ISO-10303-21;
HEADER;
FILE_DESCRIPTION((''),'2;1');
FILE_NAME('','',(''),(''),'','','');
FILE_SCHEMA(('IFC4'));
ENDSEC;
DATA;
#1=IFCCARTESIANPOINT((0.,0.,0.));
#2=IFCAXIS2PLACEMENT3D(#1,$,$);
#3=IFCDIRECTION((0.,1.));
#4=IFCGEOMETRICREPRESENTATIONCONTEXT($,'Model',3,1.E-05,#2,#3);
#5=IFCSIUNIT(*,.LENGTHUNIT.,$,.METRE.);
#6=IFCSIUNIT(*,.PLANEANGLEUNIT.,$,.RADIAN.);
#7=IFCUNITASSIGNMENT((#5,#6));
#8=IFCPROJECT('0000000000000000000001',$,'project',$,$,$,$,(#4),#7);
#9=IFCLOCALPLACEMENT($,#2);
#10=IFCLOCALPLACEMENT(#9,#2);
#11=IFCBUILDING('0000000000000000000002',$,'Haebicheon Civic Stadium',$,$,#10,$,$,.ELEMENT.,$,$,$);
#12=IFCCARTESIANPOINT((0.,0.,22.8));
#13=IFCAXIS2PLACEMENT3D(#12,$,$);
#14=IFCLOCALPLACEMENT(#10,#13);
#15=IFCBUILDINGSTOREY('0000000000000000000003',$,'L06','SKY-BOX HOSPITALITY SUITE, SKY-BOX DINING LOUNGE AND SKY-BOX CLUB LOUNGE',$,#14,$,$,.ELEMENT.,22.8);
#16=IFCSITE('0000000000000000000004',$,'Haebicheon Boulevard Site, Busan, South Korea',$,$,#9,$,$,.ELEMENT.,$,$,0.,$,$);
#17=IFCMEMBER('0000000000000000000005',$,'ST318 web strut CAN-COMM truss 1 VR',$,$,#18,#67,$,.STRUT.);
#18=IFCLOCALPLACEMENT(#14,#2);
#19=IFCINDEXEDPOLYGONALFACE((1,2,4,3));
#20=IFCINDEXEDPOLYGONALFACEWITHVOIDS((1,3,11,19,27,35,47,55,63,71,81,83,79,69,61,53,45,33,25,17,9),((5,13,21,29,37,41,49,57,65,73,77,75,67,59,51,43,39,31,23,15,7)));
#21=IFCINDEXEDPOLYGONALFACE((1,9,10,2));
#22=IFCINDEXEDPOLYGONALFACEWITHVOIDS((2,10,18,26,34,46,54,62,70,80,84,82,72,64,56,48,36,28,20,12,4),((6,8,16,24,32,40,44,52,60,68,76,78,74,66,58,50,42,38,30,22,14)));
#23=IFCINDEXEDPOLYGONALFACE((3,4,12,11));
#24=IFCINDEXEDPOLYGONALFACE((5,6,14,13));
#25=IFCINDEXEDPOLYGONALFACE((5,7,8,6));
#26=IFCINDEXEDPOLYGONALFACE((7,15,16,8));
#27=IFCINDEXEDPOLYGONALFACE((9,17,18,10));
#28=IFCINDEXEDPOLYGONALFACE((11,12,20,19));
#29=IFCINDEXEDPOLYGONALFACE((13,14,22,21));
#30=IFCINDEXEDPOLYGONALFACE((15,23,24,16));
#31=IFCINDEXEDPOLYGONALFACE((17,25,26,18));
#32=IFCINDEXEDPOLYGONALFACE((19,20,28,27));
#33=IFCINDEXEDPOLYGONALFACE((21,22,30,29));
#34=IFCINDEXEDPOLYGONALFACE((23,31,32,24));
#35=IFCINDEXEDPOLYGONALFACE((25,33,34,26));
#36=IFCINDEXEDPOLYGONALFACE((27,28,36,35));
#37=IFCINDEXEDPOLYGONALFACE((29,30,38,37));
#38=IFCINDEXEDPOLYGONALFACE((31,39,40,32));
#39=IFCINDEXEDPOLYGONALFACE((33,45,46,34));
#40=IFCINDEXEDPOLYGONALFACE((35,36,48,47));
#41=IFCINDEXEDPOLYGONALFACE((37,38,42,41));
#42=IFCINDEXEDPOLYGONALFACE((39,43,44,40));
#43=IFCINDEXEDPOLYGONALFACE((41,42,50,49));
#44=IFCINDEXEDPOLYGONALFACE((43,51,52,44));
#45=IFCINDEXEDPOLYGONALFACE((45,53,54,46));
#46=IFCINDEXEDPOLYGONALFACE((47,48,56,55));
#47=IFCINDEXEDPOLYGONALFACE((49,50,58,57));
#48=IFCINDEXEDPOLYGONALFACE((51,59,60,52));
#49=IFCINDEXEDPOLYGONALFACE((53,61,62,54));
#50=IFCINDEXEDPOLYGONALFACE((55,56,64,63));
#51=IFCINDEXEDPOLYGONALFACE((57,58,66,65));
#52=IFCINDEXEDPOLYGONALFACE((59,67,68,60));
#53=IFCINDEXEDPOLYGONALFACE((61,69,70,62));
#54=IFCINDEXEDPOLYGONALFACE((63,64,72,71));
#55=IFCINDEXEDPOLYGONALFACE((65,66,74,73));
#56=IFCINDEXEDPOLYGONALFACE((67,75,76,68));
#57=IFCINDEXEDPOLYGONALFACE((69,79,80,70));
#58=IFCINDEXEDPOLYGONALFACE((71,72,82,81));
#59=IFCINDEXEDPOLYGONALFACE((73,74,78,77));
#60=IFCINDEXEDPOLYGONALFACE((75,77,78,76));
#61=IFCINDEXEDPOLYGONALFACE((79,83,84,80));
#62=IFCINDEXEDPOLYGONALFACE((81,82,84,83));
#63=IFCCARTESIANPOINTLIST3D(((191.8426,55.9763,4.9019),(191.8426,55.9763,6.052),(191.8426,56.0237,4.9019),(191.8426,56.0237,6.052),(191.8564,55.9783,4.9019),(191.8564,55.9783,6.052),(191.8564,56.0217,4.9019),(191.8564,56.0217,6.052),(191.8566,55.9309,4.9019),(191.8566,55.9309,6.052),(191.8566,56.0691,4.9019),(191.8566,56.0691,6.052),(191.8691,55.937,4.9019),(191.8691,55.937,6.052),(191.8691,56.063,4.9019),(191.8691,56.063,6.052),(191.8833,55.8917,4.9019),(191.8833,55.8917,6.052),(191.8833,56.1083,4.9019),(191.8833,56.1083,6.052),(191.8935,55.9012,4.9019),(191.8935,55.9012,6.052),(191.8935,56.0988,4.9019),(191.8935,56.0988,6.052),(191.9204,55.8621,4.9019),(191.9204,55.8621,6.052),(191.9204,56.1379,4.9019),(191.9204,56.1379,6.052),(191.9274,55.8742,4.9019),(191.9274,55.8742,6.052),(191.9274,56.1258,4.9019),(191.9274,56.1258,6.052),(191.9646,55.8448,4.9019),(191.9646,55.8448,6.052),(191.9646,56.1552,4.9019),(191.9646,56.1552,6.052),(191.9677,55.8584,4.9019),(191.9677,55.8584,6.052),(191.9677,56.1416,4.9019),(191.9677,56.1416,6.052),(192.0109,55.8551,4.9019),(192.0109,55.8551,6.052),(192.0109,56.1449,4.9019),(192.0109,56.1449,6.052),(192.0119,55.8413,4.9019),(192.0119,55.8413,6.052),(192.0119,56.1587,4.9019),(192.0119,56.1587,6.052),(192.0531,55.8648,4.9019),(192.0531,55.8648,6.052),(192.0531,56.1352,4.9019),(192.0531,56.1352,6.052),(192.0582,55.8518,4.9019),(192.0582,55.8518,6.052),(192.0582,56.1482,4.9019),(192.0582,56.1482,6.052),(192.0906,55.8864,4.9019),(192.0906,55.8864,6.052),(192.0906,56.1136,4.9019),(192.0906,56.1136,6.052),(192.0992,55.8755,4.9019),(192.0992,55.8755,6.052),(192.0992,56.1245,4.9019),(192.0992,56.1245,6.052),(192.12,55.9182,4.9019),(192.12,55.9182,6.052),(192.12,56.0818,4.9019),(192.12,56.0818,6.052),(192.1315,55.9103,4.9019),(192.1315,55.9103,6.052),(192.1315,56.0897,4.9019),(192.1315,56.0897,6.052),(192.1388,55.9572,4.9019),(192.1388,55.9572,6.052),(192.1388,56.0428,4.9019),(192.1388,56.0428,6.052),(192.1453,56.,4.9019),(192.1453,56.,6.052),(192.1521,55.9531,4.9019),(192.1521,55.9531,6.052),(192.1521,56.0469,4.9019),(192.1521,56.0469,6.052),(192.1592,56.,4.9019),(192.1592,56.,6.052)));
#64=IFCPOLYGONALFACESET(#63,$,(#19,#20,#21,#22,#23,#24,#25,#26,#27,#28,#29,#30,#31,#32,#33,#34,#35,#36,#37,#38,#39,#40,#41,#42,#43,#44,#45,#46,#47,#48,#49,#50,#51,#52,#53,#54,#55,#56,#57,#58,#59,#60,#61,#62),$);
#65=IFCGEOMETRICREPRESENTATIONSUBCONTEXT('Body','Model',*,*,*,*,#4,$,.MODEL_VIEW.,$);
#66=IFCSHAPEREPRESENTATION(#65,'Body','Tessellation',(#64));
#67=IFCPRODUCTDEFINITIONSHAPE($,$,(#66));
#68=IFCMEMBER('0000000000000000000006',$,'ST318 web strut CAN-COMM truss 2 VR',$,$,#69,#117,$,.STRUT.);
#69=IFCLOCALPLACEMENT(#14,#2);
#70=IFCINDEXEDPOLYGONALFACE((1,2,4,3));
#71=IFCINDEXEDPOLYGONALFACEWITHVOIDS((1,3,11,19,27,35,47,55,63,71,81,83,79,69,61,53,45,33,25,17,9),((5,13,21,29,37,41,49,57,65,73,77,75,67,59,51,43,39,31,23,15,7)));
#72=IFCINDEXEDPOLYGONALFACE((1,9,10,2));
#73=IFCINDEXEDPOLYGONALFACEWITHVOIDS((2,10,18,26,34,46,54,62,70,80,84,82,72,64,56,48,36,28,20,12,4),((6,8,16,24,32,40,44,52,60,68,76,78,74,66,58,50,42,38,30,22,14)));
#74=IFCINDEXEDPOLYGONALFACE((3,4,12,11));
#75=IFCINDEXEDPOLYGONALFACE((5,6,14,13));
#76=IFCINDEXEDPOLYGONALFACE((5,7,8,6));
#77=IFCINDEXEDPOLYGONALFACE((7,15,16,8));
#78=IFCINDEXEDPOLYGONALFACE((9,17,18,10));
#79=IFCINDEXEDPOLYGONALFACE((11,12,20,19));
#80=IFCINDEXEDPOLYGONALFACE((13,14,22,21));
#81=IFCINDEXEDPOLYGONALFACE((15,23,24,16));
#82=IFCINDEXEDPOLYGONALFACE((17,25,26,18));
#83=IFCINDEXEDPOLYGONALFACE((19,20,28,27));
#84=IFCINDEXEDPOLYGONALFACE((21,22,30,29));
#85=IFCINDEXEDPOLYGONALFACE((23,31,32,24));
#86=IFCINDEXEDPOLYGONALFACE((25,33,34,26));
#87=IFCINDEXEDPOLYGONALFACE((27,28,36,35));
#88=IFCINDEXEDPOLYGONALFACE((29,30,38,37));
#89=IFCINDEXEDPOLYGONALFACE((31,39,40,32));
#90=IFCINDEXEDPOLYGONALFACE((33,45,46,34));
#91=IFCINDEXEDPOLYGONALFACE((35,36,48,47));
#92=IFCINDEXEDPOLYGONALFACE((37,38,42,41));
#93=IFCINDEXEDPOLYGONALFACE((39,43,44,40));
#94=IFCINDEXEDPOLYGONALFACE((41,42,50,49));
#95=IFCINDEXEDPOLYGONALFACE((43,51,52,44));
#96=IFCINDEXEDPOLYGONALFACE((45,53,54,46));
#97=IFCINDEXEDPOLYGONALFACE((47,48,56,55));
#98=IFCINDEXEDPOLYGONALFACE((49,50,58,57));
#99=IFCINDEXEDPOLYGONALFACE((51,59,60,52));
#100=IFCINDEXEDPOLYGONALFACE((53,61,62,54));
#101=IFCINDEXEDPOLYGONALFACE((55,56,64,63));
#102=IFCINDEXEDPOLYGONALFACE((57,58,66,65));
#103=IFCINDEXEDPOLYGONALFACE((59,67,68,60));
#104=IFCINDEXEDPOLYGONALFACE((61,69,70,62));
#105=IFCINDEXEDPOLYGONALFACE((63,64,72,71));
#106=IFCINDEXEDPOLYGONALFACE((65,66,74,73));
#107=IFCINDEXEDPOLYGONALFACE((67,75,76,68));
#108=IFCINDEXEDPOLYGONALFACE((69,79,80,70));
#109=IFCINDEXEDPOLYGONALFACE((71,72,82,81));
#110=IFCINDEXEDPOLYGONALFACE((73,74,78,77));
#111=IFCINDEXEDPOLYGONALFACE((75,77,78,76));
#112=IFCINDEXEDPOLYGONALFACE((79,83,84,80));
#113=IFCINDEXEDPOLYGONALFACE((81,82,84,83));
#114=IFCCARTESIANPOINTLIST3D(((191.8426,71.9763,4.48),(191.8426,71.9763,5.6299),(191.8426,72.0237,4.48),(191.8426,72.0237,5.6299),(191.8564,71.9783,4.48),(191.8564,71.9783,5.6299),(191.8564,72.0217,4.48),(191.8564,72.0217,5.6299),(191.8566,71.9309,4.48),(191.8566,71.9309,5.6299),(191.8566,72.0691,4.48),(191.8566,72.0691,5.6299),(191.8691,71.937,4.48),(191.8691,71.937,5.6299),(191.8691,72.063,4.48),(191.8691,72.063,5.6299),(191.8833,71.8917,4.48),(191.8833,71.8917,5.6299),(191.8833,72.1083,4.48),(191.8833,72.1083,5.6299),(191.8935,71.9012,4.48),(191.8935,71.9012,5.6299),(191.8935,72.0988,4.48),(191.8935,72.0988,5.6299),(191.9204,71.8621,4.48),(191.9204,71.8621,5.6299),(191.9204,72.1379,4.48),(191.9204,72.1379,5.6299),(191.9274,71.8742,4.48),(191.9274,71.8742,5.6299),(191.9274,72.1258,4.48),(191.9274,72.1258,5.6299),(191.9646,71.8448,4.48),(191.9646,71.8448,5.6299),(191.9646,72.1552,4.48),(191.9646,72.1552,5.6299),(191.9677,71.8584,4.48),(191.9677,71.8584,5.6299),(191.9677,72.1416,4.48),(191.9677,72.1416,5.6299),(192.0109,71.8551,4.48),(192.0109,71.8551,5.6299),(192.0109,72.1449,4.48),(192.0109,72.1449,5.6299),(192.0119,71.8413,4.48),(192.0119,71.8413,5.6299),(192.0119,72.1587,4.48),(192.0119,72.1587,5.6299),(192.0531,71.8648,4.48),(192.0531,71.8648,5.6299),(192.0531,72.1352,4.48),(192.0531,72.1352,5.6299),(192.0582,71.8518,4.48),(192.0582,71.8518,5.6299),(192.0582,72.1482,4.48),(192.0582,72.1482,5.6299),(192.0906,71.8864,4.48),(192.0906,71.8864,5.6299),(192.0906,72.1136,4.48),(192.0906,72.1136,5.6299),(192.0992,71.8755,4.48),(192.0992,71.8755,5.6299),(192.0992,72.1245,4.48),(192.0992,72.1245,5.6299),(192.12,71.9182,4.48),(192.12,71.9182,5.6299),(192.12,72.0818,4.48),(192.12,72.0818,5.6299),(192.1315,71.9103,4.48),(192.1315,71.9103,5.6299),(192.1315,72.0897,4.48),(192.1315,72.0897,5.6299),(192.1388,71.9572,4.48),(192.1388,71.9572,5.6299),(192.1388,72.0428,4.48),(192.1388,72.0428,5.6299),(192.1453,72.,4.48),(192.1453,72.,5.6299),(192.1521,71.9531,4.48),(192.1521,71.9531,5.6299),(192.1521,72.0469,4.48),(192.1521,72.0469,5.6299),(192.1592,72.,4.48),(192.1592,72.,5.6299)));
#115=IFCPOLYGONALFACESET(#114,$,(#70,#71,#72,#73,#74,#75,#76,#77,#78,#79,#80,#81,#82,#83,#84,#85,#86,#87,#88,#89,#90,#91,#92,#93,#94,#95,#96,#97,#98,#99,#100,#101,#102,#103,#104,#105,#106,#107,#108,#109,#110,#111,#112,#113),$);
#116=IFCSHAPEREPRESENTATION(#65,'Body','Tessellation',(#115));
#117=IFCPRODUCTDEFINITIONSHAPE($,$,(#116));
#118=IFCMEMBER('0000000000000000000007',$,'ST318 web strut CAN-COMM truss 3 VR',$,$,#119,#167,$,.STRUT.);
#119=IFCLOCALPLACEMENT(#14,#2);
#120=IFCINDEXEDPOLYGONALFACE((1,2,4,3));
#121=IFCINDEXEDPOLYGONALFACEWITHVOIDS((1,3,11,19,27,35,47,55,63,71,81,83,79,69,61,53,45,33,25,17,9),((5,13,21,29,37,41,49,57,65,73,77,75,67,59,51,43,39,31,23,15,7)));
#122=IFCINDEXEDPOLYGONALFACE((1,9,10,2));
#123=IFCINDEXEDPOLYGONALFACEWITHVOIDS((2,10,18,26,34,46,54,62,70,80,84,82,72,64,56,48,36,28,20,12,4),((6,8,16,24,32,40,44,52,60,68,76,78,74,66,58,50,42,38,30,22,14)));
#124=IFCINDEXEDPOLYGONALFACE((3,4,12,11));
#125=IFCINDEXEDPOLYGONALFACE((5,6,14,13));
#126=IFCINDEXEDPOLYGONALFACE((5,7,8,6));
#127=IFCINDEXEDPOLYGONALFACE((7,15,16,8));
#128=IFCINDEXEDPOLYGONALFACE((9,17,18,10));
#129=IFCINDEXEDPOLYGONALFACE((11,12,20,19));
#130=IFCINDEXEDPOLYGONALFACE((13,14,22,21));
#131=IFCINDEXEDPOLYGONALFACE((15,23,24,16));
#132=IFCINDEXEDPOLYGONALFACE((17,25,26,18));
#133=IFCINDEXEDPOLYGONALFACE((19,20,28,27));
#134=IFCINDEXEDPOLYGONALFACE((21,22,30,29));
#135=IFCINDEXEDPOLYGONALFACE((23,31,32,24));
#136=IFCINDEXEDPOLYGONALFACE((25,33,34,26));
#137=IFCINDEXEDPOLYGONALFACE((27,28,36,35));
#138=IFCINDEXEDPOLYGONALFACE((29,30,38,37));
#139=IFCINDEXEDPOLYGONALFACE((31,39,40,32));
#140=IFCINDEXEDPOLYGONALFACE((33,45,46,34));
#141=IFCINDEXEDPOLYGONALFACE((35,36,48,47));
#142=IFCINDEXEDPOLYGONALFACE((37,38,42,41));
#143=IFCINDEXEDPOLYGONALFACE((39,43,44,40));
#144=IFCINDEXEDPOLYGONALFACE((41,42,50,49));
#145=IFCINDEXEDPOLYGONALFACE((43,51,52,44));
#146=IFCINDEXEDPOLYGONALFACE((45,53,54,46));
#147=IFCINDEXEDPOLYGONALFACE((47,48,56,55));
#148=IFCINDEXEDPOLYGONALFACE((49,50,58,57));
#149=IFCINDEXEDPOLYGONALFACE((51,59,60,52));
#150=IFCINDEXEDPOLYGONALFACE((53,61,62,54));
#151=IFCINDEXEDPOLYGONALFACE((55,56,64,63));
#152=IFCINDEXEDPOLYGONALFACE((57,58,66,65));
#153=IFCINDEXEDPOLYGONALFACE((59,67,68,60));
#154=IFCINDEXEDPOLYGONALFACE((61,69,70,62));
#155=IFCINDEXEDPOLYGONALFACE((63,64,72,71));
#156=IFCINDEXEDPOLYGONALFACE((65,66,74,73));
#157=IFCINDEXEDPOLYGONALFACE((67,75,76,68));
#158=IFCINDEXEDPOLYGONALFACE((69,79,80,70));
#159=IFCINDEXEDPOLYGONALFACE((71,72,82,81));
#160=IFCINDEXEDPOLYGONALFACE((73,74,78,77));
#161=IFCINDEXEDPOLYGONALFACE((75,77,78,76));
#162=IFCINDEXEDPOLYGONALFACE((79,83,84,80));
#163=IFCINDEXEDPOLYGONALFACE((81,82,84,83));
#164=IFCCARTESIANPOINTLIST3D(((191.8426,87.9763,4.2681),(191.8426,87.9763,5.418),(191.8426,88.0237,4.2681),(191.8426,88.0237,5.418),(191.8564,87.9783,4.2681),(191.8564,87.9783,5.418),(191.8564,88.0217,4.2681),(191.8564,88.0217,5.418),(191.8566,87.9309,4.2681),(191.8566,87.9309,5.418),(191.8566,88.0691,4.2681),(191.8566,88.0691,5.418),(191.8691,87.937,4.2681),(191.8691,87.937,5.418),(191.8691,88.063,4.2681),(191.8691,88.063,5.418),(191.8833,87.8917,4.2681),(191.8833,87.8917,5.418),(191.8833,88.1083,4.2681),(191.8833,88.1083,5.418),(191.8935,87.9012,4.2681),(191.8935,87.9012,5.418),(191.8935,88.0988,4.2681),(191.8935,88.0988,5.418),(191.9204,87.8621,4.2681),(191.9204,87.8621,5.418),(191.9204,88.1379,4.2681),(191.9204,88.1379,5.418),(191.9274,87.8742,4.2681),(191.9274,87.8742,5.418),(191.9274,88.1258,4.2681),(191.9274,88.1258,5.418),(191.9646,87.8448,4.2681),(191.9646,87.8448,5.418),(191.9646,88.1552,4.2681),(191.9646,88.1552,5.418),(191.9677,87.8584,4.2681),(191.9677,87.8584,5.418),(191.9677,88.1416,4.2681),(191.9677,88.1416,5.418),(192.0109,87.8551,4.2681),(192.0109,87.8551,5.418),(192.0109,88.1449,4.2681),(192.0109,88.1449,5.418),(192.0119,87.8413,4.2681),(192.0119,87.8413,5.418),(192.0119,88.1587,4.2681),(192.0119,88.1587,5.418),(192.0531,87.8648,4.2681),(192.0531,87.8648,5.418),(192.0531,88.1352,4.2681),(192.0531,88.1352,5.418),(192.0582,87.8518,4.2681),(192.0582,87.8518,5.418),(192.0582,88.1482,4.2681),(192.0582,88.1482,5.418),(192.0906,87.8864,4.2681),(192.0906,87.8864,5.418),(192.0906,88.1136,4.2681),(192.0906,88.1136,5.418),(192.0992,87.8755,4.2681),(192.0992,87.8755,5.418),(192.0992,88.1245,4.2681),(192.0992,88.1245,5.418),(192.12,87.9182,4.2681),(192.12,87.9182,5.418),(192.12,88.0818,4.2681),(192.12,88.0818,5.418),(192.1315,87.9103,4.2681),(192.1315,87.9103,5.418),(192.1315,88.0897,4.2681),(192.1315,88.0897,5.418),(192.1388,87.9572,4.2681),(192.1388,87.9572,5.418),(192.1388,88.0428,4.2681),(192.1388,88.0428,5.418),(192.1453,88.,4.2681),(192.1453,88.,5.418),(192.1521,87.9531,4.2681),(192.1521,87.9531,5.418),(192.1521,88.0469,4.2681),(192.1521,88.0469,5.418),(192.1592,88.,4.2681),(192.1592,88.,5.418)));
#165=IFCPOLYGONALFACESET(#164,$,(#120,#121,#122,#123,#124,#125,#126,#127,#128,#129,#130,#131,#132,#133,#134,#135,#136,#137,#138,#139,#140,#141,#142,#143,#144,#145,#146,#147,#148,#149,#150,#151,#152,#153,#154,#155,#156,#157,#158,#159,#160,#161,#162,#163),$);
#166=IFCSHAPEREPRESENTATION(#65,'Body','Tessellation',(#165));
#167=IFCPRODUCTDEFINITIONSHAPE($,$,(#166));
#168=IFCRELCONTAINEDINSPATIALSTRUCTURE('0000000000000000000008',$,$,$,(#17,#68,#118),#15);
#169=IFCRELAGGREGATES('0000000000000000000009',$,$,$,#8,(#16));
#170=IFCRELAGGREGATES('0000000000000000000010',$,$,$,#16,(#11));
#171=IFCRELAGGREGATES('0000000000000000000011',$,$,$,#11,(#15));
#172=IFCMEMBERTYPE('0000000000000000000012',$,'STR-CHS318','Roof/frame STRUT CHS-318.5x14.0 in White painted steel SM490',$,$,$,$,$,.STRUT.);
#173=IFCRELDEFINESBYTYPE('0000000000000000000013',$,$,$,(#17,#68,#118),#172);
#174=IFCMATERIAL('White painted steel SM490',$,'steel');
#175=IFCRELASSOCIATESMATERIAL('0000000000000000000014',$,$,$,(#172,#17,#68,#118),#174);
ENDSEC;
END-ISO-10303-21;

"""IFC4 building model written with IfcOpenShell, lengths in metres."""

from ifc_helpers import new_model, si_unit, direction, frame, origin, origin_2d, place, context, subcontext, project, spatial, hollow_circle, extrude, material, material_profile, profile_set, type_object, element, save


model = new_model("IFC4")

# Units and contexts
model_context = context("Model", 3, precision=1e-05, world=origin(), true_north=direction((0.0, 1.0)))
body_context = subcontext(model_context, "Body", "Model", "MODEL_VIEW")
ifc_project = project(units=[si_unit("LENGTHUNIT", "METRE"), si_unit("PLANEANGLEUNIT", "RADIAN")], contexts=[model_context])

# Site, building, storey
site_placement = place(None, origin())
site = spatial("IfcSite", under=ifc_project, at=site_placement, Name="Haebicheon Boulevard Site, Busan, South Korea", CompositionType="ELEMENT", RefElevation=0.0)
building_placement = place(site_placement, origin())
building = spatial("IfcBuilding", under=site, at=building_placement, Name="Haebicheon Civic Stadium", CompositionType="ELEMENT")
storey_placement = place(building_placement, frame((0.0, 0.0, 22.8)))
storey = spatial("IfcBuildingStorey", under=building, at=storey_placement, Name="L06", Description="SKY-BOX HOSPITALITY SUITE, SKY-BOX DINING LOUNGE AND SKY-BOX CLUB LOUNGE", CompositionType="ELEMENT", Elevation=22.8)

# Members
ifc_material_1 = material(Name="White painted steel SM490", Category="steel")
ifc_material_profile_1 = material_profile(ifc_material_1, hollow_circle(Radius=0.1592, WallThickness=0.0139, at=origin_2d()), Name="CHS-318.5x14.0")
ifc_profile_set_1 = profile_set([ifc_material_profile_1], Name="White painted steel SM490")
member_type_1 = type_object("IfcMemberType", Name="STR-CHS318", Description="Roof/frame STRUT CHS-318.5x14.0 in White painted steel SM490", PredefinedType="STRUT", material=ifc_profile_set_1)
for number, where, z_axis, x_axis, name in (
    (1, (192.0, 56.0, 4.9019), (0.0, 0.0, 1.0), (1.0, 0.0, 0.0), "ST318 web strut CAN-COMM truss 1 VR"),
):
    element("IfcMember", number, at=place(storey_placement, frame(where, z_axis=z_axis, x_axis=x_axis)), inside=storey, type_object=member_type_1, material=ifc_profile_set_1, Name=name, PredefinedType="STRUT", context=body_context, shape_type="SweptSolid", body=[
        extrude(hollow_circle(Radius=0.1592, WallThickness=0.0139, at=origin_2d()), origin(), (0.0, 0.0, 1.0), 1.1501),
    ])
for number, where, z_axis, x_axis, name in (
    (2, (192.0, 72.0, 4.48), (0.0, 0.0, 1.0), (1.0, 0.0, 0.0), "ST318 web strut CAN-COMM truss 2 VR"),
    (3, (192.0, 88.0, 4.2681), (0.0, 0.0, 1.0), (1.0, 0.0, 0.0), "ST318 web strut CAN-COMM truss 3 VR"),
):
    element("IfcMember", number, at=place(storey_placement, frame(where, z_axis=z_axis, x_axis=x_axis)), inside=storey, type_object=member_type_1, material=ifc_profile_set_1, Name=name, PredefinedType="STRUT", context=body_context, shape_type="SweptSolid", body=[
        extrude(hollow_circle(Radius=0.1592, WallThickness=0.0139, at=origin_2d()), origin(), (0.0, 0.0, 1.0), 1.1499),
    ])

save(model, "model.ifc")
